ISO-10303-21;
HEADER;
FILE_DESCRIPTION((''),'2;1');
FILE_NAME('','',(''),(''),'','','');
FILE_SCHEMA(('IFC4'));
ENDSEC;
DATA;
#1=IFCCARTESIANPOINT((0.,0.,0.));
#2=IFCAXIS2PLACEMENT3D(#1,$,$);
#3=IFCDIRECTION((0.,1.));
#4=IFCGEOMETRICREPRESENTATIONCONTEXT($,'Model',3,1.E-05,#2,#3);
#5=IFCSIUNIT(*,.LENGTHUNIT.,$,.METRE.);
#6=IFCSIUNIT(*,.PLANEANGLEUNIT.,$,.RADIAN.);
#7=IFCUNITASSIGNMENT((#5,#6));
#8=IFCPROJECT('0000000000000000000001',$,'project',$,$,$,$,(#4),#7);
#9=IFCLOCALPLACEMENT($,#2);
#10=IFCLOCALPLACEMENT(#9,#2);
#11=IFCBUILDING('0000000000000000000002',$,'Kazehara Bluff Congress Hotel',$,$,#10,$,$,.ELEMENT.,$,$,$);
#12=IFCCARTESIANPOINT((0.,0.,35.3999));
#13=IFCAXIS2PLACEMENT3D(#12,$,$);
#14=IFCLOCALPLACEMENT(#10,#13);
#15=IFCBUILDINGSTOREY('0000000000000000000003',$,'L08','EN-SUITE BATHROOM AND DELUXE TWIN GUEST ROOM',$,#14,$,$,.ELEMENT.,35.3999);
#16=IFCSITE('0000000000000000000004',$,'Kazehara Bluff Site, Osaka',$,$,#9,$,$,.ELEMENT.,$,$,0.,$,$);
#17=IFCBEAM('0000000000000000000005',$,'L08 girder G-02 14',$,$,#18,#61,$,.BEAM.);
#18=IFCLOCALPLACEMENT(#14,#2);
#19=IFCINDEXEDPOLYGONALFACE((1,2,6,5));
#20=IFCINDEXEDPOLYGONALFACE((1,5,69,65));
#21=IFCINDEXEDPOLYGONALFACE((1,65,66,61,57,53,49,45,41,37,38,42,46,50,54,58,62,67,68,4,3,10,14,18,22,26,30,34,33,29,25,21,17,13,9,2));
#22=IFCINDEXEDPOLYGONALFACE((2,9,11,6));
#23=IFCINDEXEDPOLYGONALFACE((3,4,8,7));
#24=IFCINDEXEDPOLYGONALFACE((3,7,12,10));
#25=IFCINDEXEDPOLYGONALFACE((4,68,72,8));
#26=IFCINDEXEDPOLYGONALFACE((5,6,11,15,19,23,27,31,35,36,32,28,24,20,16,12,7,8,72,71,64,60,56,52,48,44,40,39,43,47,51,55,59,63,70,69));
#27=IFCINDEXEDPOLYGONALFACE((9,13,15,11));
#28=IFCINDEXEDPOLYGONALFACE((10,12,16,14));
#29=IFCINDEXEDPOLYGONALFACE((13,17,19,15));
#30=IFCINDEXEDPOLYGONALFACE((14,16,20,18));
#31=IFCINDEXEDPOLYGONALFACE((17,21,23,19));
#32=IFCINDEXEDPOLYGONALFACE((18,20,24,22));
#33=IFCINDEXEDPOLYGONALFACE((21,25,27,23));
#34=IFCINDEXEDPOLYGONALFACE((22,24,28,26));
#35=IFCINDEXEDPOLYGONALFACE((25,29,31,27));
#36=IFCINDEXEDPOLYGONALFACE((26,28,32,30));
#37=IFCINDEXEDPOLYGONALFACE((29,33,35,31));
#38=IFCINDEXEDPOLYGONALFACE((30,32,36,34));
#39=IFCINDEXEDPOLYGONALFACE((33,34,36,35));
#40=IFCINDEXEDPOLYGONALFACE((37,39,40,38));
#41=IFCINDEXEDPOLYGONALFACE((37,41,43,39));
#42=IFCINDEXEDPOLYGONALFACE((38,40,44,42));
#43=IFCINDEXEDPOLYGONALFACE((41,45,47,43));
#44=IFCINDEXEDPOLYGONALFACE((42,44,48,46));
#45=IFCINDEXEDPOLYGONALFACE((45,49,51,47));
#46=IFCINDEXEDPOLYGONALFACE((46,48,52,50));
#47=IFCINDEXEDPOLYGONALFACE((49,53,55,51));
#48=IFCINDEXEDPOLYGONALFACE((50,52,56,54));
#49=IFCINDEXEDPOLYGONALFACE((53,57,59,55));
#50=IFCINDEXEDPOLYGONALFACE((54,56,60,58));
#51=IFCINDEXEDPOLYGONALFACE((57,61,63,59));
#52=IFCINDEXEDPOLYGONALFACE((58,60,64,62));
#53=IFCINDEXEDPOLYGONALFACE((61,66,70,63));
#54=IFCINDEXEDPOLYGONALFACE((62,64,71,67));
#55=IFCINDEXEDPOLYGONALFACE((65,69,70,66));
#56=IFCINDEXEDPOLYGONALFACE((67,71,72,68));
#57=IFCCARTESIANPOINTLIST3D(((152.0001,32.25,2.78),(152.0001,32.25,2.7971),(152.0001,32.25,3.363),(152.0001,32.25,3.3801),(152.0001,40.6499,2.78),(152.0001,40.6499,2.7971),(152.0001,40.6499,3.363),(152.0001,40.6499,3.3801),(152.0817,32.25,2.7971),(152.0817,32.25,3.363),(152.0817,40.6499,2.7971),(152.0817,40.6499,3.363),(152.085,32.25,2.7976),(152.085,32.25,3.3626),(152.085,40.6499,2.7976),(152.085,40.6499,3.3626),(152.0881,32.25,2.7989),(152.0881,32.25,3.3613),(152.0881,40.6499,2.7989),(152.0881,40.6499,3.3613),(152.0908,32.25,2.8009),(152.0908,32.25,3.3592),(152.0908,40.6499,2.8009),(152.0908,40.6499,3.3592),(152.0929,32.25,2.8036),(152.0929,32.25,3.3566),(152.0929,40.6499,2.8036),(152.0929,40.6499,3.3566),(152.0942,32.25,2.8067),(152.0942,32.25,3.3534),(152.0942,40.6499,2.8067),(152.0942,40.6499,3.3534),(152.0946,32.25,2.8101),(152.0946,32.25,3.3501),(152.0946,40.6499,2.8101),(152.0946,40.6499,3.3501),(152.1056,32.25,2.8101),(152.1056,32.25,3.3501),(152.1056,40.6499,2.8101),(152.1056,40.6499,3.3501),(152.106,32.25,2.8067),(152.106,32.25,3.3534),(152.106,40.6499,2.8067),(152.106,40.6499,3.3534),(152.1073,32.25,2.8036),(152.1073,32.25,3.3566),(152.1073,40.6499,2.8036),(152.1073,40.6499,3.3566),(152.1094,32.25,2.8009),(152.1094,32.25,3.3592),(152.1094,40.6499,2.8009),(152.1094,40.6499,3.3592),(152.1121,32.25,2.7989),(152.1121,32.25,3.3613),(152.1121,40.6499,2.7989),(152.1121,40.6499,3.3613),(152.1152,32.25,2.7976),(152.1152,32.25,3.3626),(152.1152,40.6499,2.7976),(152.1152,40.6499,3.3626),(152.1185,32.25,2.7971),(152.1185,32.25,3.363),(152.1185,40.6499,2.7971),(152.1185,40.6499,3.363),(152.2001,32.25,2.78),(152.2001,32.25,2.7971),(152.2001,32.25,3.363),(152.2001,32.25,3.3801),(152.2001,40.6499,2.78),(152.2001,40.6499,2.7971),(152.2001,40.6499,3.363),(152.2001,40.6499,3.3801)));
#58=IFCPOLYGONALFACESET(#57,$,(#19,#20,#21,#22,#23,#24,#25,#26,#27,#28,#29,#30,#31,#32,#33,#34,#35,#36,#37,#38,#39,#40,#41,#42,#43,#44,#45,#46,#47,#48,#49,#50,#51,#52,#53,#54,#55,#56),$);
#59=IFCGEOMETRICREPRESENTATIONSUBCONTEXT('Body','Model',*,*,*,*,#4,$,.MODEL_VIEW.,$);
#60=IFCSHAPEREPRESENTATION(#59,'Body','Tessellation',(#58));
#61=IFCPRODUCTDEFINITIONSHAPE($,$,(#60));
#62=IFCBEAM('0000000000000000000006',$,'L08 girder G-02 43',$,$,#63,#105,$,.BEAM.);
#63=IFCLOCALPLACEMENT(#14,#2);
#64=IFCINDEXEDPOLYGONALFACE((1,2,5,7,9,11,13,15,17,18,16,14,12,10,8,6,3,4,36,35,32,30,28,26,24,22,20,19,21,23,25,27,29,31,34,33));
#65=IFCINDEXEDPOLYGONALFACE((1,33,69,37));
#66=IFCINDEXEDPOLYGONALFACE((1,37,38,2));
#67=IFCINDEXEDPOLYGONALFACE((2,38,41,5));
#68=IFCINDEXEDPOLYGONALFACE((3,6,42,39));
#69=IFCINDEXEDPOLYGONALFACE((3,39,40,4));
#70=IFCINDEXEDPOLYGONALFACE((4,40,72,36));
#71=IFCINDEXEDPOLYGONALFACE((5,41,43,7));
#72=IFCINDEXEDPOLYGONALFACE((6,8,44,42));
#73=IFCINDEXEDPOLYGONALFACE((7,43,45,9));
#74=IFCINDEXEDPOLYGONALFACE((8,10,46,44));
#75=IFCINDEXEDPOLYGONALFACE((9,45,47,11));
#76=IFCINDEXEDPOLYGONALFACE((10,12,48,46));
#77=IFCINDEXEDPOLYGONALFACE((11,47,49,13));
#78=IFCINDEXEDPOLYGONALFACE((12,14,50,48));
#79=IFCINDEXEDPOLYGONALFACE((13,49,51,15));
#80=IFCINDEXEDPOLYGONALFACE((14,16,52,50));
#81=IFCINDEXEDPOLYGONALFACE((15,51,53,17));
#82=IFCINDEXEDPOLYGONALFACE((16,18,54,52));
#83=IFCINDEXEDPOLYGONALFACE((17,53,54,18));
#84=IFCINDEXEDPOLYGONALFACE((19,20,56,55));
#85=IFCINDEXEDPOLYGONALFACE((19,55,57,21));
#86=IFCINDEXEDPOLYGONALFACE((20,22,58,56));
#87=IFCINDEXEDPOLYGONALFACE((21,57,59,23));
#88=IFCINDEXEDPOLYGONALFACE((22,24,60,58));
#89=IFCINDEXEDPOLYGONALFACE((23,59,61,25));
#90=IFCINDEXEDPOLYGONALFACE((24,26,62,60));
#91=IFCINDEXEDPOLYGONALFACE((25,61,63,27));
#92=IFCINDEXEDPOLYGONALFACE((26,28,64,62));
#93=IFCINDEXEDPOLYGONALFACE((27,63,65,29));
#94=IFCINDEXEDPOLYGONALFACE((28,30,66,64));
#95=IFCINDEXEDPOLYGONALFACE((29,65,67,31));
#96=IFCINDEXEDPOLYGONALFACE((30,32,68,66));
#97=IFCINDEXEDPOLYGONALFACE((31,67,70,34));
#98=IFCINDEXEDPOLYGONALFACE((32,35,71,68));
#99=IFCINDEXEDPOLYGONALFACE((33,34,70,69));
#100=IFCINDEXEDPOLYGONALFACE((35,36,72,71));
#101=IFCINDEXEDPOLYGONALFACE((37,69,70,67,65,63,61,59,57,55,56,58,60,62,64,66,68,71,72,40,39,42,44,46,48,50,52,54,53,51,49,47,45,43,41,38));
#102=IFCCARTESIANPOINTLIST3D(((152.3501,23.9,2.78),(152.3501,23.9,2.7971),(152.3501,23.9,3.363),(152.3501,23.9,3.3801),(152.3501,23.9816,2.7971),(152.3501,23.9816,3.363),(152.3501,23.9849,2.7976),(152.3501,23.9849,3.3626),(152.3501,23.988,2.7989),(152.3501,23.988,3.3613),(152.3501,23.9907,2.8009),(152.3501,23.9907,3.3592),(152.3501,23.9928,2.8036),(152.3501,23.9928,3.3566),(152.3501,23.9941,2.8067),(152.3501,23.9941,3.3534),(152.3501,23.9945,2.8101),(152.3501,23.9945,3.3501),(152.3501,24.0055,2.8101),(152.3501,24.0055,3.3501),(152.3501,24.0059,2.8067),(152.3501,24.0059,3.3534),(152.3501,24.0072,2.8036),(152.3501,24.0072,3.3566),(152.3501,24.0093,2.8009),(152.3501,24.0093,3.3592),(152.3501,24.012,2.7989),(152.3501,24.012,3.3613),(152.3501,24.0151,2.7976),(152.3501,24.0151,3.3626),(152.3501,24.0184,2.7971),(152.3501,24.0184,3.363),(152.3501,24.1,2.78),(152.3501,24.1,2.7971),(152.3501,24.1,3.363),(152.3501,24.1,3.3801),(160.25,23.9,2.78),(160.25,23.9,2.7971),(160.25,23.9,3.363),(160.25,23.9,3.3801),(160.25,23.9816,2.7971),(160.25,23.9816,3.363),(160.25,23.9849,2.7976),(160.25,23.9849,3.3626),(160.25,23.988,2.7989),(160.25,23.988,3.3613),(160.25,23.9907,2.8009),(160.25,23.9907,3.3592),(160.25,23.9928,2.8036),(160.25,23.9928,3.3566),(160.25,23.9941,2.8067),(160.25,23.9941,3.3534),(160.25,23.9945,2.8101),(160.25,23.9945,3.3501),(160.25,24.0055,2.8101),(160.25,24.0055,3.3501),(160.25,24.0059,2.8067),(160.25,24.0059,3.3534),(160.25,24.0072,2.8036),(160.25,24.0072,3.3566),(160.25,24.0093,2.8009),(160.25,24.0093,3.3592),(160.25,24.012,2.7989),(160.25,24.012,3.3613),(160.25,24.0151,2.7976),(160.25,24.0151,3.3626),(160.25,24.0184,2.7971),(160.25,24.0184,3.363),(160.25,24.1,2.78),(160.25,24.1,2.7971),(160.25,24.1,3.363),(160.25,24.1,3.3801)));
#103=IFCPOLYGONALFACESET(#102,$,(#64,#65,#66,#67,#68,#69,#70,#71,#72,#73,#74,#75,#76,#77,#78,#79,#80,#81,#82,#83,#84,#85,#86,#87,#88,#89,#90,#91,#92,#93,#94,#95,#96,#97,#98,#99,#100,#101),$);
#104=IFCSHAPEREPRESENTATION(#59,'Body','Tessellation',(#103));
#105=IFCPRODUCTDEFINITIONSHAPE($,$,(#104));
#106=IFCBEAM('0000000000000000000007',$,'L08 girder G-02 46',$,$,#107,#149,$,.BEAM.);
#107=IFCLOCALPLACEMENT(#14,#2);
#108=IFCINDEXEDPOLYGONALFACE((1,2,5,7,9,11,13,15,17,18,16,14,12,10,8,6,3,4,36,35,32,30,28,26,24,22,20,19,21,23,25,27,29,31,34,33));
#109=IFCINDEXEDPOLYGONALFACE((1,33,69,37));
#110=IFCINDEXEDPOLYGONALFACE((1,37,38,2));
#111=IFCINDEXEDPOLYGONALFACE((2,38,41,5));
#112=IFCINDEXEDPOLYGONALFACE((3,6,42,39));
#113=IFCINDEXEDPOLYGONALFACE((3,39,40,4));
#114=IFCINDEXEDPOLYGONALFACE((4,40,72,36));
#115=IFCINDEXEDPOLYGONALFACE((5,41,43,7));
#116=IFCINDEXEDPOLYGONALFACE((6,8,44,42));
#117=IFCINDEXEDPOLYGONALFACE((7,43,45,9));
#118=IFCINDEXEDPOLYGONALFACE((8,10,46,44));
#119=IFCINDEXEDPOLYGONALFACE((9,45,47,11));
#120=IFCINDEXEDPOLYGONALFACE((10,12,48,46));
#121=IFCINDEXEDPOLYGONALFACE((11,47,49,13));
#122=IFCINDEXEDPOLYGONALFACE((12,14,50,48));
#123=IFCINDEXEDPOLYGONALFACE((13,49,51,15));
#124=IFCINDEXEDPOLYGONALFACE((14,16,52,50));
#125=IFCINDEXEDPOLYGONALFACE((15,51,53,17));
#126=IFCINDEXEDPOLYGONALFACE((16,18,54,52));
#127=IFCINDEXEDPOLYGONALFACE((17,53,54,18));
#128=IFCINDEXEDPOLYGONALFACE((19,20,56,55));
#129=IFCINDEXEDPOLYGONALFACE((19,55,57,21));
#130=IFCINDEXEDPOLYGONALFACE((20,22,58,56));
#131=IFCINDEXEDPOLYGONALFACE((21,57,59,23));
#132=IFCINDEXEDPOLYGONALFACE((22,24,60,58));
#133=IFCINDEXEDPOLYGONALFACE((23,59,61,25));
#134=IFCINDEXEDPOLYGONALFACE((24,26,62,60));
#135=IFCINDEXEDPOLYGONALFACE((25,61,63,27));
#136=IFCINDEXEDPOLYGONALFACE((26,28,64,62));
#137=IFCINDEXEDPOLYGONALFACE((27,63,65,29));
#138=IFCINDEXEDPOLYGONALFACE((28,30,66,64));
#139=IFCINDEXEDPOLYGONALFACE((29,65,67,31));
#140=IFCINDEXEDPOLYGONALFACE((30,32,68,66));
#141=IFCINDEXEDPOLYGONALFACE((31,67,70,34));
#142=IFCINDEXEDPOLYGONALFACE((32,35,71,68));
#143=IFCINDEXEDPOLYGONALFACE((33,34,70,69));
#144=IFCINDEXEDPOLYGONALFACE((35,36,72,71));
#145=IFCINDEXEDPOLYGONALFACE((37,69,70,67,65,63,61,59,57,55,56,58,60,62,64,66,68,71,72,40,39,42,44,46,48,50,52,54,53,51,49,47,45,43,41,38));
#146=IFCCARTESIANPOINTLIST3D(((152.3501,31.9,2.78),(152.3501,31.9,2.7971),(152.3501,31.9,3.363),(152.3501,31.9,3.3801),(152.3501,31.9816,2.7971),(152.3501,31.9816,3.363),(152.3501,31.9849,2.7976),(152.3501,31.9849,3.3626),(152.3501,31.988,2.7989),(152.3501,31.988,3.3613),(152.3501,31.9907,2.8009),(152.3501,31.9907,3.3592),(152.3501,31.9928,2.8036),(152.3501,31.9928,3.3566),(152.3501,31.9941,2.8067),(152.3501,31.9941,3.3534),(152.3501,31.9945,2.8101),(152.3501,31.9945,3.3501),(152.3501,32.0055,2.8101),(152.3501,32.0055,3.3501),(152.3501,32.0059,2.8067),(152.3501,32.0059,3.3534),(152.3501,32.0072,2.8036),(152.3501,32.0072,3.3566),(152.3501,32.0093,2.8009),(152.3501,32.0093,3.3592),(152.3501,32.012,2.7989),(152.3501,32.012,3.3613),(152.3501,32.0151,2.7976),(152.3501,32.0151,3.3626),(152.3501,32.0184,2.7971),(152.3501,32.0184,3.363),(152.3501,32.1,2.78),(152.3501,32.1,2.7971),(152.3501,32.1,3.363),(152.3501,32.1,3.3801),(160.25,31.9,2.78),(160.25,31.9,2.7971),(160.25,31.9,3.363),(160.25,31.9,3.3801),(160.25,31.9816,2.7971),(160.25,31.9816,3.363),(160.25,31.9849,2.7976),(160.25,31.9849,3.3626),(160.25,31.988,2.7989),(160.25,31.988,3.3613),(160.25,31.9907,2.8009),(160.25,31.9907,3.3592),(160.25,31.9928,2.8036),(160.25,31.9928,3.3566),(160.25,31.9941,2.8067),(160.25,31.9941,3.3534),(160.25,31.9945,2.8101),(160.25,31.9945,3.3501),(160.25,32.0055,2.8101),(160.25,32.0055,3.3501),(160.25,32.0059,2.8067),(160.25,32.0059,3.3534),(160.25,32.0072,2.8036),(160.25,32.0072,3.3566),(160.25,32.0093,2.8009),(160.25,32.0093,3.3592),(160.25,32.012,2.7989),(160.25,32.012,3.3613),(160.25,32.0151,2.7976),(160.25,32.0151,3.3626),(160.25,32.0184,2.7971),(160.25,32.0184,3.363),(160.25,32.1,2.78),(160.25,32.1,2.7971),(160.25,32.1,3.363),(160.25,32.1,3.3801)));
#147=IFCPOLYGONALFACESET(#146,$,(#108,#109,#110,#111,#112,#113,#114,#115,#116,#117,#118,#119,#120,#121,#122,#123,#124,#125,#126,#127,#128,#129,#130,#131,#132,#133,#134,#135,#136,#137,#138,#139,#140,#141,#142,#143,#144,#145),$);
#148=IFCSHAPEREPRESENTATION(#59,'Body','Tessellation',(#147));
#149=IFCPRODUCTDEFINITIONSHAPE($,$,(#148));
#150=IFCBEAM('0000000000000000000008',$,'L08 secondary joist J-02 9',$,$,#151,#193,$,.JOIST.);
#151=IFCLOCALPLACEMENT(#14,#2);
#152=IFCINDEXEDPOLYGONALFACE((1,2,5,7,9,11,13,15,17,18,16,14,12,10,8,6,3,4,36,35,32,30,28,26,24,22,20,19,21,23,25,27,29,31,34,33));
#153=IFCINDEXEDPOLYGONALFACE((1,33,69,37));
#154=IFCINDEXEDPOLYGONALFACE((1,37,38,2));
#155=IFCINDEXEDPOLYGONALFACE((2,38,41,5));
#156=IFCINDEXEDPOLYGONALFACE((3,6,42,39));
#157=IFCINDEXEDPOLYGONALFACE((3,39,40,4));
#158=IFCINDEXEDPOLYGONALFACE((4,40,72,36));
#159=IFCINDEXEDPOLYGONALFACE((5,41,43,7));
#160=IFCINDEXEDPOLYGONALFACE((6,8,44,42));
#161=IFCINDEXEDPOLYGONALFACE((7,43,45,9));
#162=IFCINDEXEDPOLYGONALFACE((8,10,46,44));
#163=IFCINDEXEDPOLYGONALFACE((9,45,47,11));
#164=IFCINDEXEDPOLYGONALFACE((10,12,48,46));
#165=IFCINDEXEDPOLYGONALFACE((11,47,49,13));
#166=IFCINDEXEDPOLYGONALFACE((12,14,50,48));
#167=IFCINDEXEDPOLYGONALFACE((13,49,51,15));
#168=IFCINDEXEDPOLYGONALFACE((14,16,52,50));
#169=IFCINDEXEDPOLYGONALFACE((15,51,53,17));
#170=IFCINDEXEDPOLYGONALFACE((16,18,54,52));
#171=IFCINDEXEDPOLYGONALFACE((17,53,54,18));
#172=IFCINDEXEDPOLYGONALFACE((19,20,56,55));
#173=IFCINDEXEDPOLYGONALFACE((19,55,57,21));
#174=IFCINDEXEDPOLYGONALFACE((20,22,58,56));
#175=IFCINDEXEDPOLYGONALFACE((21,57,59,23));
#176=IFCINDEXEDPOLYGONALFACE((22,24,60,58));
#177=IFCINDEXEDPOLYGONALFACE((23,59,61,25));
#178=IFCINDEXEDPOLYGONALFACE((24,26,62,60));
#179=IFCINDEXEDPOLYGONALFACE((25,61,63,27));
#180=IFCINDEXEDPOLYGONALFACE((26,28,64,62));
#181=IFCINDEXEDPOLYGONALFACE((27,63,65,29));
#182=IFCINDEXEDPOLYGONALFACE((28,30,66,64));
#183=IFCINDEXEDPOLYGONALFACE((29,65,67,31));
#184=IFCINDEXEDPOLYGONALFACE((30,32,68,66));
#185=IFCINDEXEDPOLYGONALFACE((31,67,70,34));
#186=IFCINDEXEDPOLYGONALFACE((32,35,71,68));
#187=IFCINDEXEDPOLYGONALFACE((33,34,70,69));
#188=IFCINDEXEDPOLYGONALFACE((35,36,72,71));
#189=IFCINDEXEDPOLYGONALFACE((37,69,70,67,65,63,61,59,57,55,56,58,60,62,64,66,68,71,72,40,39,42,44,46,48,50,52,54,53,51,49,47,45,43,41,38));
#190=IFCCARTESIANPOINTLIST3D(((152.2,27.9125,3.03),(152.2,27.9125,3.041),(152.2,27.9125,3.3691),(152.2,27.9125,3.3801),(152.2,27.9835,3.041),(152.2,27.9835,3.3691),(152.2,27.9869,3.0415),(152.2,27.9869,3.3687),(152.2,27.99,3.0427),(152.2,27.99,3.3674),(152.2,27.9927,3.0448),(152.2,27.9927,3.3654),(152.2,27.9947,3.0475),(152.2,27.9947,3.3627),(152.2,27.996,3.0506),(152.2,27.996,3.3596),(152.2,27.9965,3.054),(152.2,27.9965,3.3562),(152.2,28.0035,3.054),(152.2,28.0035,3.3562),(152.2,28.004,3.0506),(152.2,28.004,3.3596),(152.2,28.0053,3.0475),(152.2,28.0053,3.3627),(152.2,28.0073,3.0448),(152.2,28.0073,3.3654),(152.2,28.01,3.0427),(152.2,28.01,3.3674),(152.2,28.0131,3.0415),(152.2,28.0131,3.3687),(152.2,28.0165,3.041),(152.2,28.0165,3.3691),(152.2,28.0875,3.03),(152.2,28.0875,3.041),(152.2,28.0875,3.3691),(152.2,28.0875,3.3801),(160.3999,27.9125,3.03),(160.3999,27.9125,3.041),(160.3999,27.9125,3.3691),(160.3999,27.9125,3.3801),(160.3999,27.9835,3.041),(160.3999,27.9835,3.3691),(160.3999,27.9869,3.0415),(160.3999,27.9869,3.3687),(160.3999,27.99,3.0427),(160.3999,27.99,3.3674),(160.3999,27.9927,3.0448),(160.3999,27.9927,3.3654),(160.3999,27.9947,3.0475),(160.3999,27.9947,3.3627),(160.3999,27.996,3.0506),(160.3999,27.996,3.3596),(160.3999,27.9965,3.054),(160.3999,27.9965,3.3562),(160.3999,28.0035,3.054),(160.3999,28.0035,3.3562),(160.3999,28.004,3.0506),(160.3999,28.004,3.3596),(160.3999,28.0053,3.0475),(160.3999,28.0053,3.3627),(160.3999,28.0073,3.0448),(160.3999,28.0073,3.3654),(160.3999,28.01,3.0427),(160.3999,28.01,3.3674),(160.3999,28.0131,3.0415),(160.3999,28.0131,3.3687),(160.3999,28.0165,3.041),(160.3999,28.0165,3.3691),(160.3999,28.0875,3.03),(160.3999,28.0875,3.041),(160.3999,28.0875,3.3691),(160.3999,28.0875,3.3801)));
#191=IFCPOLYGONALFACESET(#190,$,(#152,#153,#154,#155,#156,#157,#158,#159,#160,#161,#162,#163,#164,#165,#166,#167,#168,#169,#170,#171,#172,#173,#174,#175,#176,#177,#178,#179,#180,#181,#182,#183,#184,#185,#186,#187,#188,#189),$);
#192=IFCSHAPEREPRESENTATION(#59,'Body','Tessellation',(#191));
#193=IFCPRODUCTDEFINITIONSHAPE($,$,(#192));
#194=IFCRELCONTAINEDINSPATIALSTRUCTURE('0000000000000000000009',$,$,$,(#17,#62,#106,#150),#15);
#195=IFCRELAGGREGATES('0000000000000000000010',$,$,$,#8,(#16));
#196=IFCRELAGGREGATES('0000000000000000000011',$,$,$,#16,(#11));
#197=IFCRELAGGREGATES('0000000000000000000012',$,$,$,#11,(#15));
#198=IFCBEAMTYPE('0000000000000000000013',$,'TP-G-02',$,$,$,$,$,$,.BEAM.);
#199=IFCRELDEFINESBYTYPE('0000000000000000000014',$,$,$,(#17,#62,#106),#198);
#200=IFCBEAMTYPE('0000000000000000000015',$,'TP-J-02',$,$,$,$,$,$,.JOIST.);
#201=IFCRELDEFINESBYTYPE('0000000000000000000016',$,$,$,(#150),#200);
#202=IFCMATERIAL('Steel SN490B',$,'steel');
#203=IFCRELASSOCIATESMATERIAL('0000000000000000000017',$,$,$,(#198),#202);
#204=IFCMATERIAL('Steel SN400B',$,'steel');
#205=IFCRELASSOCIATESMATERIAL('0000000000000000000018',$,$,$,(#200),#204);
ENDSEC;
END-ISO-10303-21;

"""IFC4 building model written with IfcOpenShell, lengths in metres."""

from ifc_helpers import new_model, si_unit, direction, frame, origin, origin_2d, place, context, subcontext, project, spatial, i_section, extrude, material, material_profile, profile_set, type_object, element, save


model = new_model("IFC4")

# Units and contexts
model_context = context("Model", 3, precision=1e-05, world=origin(), true_north=direction((0.0, 1.0)))
body_context = subcontext(model_context, "Body", "Model", "MODEL_VIEW")
ifc_project = project(units=[si_unit("LENGTHUNIT", "METRE"), si_unit("PLANEANGLEUNIT", "RADIAN")], contexts=[model_context])

# Site, building, storey
site_placement = place(None, origin())
site = spatial("IfcSite", under=ifc_project, at=site_placement, Name="Kazehara Bluff Site, Osaka", CompositionType="ELEMENT", RefElevation=0.0)
building_placement = place(site_placement, origin())
building = spatial("IfcBuilding", under=site, at=building_placement, Name="Kazehara Bluff Congress Hotel", CompositionType="ELEMENT")
storey_placement = place(building_placement, frame((0.0, 0.0, 35.3999)))
storey = spatial("IfcBuildingStorey", under=building, at=storey_placement, Name="L08", Description="EN-SUITE BATHROOM AND DELUXE TWIN GUEST ROOM", CompositionType="ELEMENT", Elevation=35.3999)

# Beams
ifc_material_1 = material(Name="Steel SN490B", Category="steel")
ifc_material_profile_1 = material_profile(ifc_material_1, i_section(OverallWidth=0.2, OverallDepth=0.6001, WebThickness=0.011, FlangeThickness=0.0171, FilletRadius=0.0129, at=origin_2d()))
ifc_profile_set_1 = profile_set([ifc_material_profile_1], Name="Steel SN490B")
beam_type_1 = type_object("IfcBeamType", Name="TP-G-02", PredefinedType="BEAM", material=ifc_profile_set_1)
beam_1_placement = place(storey_placement, frame((152.1001, 32.25, 3.0801), z_axis=(0.0, 1.0, 0.0), x_axis=(-1.0, 0.0, 0.0)))
element("IfcBeam", 1, at=beam_1_placement, inside=storey, type_object=beam_type_1, Name="L08 girder G-02 14", PredefinedType="BEAM", context=body_context, shape_type="SweptSolid", body=[
    extrude(i_section(OverallWidth=0.2, OverallDepth=0.6001, WebThickness=0.011, FlangeThickness=0.0171, FilletRadius=0.0129, at=origin_2d()), origin(), (0.0, 0.0, 1.0), 8.3999),
])
for number, where, z_axis, x_axis, name in (
    (2, (152.3501, 24.0, 3.0801), (1.0, 0.0, 0.0), (0.0, 1.0, 0.0), "L08 girder G-02 43"),
    (3, (152.3501, 32.0, 3.0801), (1.0, 0.0, 0.0), (0.0, 1.0, 0.0), "L08 girder G-02 46"),
):
    element("IfcBeam", number, at=place(storey_placement, frame(where, z_axis=z_axis, x_axis=x_axis)), inside=storey, type_object=beam_type_1, Name=name, PredefinedType="BEAM", context=body_context, shape_type="SweptSolid", body=[
        extrude(i_section(OverallWidth=0.2, OverallDepth=0.6001, WebThickness=0.011, FlangeThickness=0.0171, FilletRadius=0.0129, at=origin_2d()), origin(), (0.0, 0.0, 1.0), 7.8999),
    ])
ifc_material_2 = material(Name="Steel SN400B", Category="steel")
ifc_material_profile_2 = material_profile(ifc_material_2, i_section(OverallWidth=0.175, OverallDepth=0.3501, WebThickness=0.0071, FlangeThickness=0.011, FilletRadius=0.0129, at=origin_2d()))
ifc_profile_set_2 = profile_set([ifc_material_profile_2], Name="Steel SN400B")
beam_type_2 = type_object("IfcBeamType", Name="TP-J-02", PredefinedType="JOIST", material=ifc_profile_set_2)
for number, where, z_axis, x_axis, name in (
    (4, (152.2, 28.0, 3.2051), (1.0, 0.0, 0.0), (0.0, 1.0, 0.0), "L08 secondary joist J-02 9"),
):
    element("IfcBeam", number, at=place(storey_placement, frame(where, z_axis=z_axis, x_axis=x_axis)), inside=storey, type_object=beam_type_2, Name=name, PredefinedType="JOIST", context=body_context, shape_type="SweptSolid", body=[
        extrude(i_section(OverallWidth=0.175, OverallDepth=0.3501, WebThickness=0.0071, FlangeThickness=0.011, FilletRadius=0.0129, at=origin_2d()), origin(), (0.0, 0.0, 1.0), 8.2),
    ])

save(model, "model.ifc")
